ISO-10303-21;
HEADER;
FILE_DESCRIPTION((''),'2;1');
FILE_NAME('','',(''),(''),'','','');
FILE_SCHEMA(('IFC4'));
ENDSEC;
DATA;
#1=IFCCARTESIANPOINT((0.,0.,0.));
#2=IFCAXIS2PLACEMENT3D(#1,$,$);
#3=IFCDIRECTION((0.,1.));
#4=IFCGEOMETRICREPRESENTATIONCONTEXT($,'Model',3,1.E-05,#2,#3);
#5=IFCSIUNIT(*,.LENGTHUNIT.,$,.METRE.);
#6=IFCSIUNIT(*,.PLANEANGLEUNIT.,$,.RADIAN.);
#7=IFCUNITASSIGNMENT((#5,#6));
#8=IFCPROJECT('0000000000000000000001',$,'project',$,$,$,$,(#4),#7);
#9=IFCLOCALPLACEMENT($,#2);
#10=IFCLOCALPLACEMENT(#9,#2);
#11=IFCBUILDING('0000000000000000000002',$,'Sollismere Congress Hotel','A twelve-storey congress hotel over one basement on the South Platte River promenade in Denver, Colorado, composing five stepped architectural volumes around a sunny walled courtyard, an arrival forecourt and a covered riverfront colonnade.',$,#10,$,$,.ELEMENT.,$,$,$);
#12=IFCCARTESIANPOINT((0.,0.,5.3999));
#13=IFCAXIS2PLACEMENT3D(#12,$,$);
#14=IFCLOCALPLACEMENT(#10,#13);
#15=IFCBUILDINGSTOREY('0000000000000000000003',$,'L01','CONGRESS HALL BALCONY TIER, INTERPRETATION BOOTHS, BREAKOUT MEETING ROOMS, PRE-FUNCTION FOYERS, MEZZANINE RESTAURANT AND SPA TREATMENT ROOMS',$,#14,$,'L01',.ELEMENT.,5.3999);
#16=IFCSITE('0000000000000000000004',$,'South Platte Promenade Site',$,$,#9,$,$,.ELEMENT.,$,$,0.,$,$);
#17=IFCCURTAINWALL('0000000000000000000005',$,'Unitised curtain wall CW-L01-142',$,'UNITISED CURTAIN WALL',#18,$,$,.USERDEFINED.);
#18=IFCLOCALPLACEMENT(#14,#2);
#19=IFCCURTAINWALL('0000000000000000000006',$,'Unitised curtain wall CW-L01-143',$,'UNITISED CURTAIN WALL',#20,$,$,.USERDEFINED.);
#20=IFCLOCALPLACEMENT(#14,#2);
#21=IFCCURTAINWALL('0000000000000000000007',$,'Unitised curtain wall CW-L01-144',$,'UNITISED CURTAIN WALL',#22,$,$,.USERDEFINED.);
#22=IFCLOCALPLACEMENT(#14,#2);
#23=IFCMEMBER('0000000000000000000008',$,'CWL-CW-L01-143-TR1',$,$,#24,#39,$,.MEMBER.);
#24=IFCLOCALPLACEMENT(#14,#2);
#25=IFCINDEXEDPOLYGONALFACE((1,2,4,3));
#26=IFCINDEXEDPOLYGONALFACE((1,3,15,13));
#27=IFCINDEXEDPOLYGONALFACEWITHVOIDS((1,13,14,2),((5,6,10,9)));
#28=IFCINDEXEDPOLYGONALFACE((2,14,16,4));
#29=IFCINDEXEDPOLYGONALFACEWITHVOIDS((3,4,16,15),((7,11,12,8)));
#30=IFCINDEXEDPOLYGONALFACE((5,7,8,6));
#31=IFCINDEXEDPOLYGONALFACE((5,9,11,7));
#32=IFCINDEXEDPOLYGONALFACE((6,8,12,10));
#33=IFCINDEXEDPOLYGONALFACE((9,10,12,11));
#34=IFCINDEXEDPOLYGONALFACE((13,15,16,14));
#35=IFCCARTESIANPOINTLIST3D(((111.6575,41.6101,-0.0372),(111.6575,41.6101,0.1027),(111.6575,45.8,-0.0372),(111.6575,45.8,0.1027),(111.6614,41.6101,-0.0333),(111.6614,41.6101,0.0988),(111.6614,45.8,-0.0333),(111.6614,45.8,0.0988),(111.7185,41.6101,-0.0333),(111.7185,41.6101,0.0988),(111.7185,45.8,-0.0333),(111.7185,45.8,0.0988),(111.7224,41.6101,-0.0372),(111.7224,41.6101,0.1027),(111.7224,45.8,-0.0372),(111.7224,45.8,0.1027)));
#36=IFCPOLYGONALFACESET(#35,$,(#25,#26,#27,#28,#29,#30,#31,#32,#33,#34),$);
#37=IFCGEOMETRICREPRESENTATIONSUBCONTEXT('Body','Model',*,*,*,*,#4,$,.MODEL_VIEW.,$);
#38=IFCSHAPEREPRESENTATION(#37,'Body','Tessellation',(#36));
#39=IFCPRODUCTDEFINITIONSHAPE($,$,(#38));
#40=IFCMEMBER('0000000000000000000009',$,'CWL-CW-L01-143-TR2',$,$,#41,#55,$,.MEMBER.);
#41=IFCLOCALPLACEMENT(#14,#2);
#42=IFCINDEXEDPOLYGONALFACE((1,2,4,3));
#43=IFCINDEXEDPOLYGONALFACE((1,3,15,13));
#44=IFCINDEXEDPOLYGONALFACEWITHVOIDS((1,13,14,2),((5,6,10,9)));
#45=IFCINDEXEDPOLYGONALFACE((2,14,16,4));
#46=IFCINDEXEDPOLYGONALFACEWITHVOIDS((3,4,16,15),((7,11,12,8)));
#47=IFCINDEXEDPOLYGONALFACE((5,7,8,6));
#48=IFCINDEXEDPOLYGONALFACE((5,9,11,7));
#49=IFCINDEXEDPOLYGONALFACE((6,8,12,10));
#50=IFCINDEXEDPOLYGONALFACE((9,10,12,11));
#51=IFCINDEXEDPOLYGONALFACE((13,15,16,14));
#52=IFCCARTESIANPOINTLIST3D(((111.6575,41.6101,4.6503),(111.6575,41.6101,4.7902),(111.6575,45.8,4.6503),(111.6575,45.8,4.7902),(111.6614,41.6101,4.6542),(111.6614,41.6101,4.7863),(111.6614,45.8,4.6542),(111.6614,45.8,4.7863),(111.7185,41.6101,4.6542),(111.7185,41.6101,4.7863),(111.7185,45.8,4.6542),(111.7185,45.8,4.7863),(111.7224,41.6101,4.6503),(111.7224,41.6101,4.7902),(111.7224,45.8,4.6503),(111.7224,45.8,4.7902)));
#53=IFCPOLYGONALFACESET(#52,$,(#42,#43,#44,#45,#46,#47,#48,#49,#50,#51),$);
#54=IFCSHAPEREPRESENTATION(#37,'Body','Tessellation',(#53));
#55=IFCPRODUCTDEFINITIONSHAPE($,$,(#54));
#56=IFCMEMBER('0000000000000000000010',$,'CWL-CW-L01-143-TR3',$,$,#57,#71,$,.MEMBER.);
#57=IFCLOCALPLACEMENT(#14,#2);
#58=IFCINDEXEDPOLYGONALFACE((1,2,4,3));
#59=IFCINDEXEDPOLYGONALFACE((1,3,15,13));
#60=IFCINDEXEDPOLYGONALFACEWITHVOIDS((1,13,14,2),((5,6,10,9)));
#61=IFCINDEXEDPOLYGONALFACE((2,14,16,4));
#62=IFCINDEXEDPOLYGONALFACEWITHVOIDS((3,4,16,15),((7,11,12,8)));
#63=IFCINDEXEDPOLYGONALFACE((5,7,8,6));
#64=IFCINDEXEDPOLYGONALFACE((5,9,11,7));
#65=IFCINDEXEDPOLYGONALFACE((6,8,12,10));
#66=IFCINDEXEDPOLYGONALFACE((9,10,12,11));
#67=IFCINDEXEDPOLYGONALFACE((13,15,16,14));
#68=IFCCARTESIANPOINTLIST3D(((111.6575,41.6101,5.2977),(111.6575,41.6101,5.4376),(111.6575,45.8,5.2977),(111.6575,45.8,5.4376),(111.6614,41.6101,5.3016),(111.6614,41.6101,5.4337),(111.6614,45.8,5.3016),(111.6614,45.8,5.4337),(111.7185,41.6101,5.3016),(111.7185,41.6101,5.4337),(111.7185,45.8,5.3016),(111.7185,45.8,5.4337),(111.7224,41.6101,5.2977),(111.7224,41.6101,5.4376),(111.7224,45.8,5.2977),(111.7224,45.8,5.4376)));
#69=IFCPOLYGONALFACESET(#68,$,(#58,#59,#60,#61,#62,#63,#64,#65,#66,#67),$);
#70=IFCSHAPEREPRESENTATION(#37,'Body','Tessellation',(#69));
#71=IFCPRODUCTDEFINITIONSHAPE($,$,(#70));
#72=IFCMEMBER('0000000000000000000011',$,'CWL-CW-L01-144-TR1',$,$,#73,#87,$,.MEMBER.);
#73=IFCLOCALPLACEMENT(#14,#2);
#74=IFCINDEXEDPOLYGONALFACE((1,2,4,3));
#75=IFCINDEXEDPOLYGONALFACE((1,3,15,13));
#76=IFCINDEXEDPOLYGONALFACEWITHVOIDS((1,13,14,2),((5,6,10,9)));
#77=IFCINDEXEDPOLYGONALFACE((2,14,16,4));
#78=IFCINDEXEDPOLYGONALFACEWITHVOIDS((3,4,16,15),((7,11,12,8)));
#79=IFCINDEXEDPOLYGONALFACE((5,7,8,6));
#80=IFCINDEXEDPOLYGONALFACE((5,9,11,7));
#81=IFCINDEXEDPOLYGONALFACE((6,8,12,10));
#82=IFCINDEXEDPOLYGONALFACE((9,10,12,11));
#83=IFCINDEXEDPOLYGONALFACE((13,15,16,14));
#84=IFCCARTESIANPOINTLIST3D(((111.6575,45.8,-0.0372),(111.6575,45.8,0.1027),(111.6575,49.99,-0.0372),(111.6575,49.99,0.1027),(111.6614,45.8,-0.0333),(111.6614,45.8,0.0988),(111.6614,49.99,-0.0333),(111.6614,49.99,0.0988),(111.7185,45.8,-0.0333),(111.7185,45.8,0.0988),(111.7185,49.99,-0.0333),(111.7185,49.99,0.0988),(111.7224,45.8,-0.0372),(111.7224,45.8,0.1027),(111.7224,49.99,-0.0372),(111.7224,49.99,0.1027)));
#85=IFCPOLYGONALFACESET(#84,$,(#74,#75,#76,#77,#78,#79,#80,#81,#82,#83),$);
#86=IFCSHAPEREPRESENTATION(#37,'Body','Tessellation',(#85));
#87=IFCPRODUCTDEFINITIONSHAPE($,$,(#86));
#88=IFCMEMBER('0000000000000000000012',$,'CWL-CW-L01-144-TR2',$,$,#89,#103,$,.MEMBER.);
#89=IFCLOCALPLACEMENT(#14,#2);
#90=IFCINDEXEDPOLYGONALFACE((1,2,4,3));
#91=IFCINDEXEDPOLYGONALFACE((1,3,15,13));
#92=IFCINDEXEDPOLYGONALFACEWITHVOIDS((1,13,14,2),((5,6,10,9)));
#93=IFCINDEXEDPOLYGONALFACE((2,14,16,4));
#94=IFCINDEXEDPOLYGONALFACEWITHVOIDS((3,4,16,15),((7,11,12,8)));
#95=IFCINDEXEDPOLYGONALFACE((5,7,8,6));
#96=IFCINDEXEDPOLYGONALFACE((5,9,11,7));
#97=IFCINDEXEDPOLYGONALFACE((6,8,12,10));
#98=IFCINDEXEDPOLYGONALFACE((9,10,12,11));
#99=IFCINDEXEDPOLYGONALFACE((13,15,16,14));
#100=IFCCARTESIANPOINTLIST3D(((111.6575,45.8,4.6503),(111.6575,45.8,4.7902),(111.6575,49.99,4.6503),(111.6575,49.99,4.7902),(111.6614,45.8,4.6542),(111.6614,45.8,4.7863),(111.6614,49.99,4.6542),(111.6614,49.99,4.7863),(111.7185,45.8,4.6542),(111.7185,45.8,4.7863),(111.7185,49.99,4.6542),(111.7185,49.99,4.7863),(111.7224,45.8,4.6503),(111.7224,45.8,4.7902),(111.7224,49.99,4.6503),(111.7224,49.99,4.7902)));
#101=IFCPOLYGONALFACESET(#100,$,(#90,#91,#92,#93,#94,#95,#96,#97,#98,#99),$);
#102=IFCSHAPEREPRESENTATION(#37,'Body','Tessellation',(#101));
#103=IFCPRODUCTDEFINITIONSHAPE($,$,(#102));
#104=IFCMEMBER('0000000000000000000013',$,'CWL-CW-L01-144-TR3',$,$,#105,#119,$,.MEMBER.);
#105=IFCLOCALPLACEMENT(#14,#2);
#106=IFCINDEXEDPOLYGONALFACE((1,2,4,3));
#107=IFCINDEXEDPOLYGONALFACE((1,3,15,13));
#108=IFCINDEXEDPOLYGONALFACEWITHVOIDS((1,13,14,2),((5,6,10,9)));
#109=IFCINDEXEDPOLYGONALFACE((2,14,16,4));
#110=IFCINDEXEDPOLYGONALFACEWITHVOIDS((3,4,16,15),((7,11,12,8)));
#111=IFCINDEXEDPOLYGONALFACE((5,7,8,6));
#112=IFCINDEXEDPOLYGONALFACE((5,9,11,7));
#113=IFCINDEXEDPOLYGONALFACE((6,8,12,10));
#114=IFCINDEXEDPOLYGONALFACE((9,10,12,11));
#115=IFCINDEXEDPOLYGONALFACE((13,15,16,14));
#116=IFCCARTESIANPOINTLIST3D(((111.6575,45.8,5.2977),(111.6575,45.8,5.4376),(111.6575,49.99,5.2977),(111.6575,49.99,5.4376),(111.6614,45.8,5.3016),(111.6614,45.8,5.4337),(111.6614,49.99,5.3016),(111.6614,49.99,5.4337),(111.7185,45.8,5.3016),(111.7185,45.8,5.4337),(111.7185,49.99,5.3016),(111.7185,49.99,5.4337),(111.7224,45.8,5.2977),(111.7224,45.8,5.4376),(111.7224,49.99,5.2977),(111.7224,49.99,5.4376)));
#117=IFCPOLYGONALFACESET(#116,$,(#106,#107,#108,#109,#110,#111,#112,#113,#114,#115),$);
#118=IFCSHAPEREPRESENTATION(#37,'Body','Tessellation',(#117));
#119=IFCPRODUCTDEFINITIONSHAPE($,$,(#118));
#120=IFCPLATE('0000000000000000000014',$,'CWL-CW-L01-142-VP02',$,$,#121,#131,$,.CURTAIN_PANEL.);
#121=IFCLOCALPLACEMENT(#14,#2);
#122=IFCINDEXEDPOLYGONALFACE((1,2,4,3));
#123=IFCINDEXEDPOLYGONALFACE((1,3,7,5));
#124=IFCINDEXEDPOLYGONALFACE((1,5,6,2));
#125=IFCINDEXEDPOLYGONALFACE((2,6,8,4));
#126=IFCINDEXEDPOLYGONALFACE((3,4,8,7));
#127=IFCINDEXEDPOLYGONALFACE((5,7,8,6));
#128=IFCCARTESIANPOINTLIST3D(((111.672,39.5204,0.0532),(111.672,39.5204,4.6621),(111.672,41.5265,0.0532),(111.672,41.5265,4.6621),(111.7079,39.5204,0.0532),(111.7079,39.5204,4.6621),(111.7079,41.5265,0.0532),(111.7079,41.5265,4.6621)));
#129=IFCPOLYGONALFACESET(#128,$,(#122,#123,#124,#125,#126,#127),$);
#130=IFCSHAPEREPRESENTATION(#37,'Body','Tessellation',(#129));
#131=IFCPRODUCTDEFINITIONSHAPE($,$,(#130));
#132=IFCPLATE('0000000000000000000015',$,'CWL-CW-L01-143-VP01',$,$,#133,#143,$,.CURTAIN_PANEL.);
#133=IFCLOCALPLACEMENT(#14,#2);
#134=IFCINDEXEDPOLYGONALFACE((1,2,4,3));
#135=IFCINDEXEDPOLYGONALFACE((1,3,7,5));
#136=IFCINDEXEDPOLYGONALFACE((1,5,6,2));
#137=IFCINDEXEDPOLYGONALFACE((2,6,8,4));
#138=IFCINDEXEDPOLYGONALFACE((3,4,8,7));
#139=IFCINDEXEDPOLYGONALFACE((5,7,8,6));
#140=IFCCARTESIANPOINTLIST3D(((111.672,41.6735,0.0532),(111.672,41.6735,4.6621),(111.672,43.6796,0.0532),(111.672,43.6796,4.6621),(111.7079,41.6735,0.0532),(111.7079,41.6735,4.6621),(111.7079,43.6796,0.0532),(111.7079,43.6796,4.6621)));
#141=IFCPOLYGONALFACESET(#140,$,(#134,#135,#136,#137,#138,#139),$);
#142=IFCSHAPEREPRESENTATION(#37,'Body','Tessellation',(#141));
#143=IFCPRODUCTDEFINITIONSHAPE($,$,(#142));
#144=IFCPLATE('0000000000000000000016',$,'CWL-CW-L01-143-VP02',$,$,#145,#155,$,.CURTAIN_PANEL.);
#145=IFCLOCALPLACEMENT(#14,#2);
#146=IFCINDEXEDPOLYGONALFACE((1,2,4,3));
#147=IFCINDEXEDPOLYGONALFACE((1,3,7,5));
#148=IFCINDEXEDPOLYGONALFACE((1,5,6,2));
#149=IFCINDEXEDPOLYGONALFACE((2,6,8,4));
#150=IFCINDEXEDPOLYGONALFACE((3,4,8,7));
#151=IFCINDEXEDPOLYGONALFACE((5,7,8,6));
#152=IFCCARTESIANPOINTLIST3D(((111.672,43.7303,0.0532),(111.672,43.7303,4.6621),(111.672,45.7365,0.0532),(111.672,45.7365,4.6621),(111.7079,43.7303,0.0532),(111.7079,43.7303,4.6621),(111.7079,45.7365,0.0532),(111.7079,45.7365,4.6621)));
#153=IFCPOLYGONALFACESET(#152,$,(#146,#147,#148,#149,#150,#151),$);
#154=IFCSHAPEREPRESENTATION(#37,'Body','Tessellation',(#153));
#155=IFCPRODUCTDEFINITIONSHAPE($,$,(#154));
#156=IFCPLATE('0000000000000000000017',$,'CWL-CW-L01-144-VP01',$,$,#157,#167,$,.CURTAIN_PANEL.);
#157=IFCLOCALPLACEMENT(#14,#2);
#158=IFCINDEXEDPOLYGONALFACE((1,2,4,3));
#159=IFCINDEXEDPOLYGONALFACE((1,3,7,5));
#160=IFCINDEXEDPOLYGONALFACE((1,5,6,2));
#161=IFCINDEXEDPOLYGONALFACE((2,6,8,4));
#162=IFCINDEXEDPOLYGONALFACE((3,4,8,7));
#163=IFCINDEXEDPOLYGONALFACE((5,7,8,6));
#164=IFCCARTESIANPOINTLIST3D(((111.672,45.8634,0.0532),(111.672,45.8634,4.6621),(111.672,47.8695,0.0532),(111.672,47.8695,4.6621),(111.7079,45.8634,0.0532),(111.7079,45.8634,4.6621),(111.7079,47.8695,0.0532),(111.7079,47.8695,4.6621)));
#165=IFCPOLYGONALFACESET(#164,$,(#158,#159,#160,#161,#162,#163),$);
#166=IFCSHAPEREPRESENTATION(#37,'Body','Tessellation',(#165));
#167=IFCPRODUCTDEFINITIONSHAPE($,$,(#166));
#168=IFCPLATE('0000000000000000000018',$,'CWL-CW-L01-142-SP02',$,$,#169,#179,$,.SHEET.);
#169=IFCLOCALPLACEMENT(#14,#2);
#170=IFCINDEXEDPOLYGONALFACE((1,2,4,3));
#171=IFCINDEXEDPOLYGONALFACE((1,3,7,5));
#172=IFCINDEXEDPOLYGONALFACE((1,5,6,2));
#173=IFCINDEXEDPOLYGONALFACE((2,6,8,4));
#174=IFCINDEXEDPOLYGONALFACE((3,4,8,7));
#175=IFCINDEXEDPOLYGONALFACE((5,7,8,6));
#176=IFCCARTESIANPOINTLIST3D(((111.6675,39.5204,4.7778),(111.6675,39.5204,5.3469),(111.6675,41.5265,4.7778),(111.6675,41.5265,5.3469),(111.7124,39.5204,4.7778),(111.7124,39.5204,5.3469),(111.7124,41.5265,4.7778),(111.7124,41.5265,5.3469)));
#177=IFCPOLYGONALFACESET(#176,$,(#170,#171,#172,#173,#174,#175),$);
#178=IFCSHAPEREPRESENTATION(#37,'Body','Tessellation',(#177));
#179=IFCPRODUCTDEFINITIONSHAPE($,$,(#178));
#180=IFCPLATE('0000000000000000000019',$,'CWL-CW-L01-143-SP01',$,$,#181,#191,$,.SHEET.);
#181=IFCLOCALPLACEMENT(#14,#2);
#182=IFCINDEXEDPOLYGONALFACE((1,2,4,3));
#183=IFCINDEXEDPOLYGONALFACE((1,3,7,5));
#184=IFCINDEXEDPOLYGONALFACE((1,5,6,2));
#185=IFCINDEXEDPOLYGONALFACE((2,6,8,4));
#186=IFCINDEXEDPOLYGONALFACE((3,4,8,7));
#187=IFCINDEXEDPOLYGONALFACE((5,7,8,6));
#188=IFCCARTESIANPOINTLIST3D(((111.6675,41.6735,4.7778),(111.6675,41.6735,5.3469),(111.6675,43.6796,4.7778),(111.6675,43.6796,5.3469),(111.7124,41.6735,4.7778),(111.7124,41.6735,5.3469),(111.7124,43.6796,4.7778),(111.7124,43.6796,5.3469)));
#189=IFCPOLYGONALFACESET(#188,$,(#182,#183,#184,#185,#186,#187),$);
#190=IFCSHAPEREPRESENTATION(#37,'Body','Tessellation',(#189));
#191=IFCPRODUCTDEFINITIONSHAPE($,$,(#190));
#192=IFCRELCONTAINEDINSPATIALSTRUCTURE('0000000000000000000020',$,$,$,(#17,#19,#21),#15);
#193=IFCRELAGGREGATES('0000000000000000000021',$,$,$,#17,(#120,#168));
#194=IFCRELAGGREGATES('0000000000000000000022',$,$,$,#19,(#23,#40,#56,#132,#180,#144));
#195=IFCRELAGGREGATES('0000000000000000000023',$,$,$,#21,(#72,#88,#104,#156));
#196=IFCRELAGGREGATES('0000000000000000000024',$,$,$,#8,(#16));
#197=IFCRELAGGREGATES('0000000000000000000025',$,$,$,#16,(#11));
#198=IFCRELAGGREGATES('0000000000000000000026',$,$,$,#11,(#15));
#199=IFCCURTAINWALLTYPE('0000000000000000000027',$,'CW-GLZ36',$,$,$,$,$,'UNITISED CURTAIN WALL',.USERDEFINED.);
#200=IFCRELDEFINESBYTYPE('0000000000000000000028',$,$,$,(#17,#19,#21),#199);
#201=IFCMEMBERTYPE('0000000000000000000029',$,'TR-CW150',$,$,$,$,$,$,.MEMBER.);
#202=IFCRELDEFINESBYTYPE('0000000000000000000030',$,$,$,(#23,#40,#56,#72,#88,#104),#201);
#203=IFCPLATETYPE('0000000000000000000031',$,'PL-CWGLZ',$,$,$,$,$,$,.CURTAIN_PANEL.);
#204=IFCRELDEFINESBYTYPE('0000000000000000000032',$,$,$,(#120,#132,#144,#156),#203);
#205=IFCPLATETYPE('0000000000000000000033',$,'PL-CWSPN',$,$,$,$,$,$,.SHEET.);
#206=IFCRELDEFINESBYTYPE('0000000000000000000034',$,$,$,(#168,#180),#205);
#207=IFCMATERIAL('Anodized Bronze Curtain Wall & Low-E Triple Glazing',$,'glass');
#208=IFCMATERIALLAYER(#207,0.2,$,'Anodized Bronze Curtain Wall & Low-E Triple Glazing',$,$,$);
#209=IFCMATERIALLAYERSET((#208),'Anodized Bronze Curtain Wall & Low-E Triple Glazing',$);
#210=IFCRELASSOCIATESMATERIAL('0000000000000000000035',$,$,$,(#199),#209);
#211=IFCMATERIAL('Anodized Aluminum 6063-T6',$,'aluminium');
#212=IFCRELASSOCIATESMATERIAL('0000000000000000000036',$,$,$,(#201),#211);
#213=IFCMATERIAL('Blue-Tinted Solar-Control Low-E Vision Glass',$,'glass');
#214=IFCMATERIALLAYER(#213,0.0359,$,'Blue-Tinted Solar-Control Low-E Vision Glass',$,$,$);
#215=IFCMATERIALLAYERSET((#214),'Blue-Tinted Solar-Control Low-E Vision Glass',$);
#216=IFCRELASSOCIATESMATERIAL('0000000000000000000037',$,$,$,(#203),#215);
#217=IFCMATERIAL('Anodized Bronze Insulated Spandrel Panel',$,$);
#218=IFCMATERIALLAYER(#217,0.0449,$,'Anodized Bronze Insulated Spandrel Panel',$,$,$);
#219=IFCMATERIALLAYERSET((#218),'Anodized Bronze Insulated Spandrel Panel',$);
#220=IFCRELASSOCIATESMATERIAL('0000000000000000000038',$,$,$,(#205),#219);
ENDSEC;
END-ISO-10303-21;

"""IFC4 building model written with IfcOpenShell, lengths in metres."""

from ifc_helpers import new_model, si_unit, direction, frame, origin, origin_2d, place, context, subcontext, project, spatial, rectangle, hollow_rectangle, extrude, material, layer, layer_set, material_profile, profile_set, type_object, element, aggregate, save


model = new_model("IFC4")

# Units and contexts
model_context = context("Model", 3, precision=1e-05, world=origin(), true_north=direction((0.0, 1.0)))
body_context = subcontext(model_context, "Body", "Model", "MODEL_VIEW")
ifc_project = project(units=[si_unit("LENGTHUNIT", "METRE"), si_unit("PLANEANGLEUNIT", "RADIAN")], contexts=[model_context])

# Site, building, storey
site_placement = place(None, origin())
site = spatial("IfcSite", under=ifc_project, at=site_placement, Name="South Platte Promenade Site", CompositionType="ELEMENT", RefElevation=0.0)
building_placement = place(site_placement, origin())
building = spatial("IfcBuilding", under=site, at=building_placement, Name="Sollismere Congress Hotel", Description="A twelve-storey congress hotel over one basement on the South Platte River promenade in Denver, Colorado, composing five stepped architectural volumes around a sunny walled courtyard, an arrival forecourt and a covered riverfront colonnade.", CompositionType="ELEMENT")
storey_placement = place(building_placement, frame((0.0, 0.0, 5.3999)))
storey = spatial("IfcBuildingStorey", under=building, at=storey_placement, Name="L01", Description="CONGRESS HALL BALCONY TIER, INTERPRETATION BOOTHS, BREAKOUT MEETING ROOMS, PRE-FUNCTION FOYERS, MEZZANINE RESTAURANT AND SPA TREATMENT ROOMS", LongName="L01", CompositionType="ELEMENT", Elevation=5.3999)

# Curtain wall
ifc_material_1 = material(Name="Anodized Bronze Curtain Wall & Low-E Triple Glazing", Category="glass")
ifc_layer_1 = layer(ifc_material_1, 0.2, Name="Anodized Bronze Curtain Wall & Low-E Triple Glazing")
ifc_layer_set_1 = layer_set([ifc_layer_1], Name="Anodized Bronze Curtain Wall & Low-E Triple Glazing")
curtain_wall_type = type_object("IfcCurtainWallType", Name="CW-GLZ36", ElementType="UNITISED CURTAIN WALL", PredefinedType="USERDEFINED", material=ifc_layer_set_1)
curtain_wall_1_placement = place(storey_placement, origin())
curtain_wall_1 = element("IfcCurtainWall", 1, at=curtain_wall_1_placement, inside=storey, type_object=curtain_wall_type, Name="Unitised curtain wall CW-L01-142", ObjectType="UNITISED CURTAIN WALL", PredefinedType="USERDEFINED")
ifc_material_2 = material(Name="Anodized Aluminum 6063-T6", Category="aluminium")

# Curtain walls
curtain_wall_2_placement = place(storey_placement, origin())
curtain_wall_2 = element("IfcCurtainWall", 2, at=curtain_wall_2_placement, inside=storey, type_object=curtain_wall_type, Name="Unitised curtain wall CW-L01-143", ObjectType="UNITISED CURTAIN WALL", PredefinedType="USERDEFINED")
curtain_wall_3_placement = place(storey_placement, origin())
curtain_wall_3 = element("IfcCurtainWall", 3, at=curtain_wall_3_placement, inside=storey, type_object=curtain_wall_type, Name="Unitised curtain wall CW-L01-144", ObjectType="UNITISED CURTAIN WALL", PredefinedType="USERDEFINED")

# Members
ifc_material_profile_1 = material_profile(ifc_material_2, hollow_rectangle(XDim=0.0649, YDim=0.1399, WallThickness=0.0039, at=origin_2d()), Name="ALU140X65X4")
ifc_profile_set_1 = profile_set([ifc_material_profile_1], Name="Anodized Aluminum 6063-T6")
member_type_1 = type_object("IfcMemberType", Name="TR-CW150", PredefinedType="MEMBER", material=ifc_profile_set_1)
member_1_placement = place(storey_placement, frame((111.6899, 41.6101, 0.0327), z_axis=(0.0, 1.0, 0.0), x_axis=(-1.0, 0.0, 0.0)))
member_1 = element("IfcMember", 4, at=member_1_placement, type_object=member_type_1, Name="CWL-CW-L01-143-TR1", PredefinedType="MEMBER", context=body_context, shape_type="SweptSolid", body=[
    extrude(hollow_rectangle(XDim=0.0649, YDim=0.1399, WallThickness=0.0039, at=origin_2d()), origin(), (0.0, 0.0, 1.0), 4.1899),
])
member_2_placement = place(storey_placement, frame((111.6899, 41.6101, 4.7202), z_axis=(0.0, 1.0, 0.0), x_axis=(-1.0, 0.0, 0.0)))
member_2 = element("IfcMember", 5, at=member_2_placement, type_object=member_type_1, Name="CWL-CW-L01-143-TR2", PredefinedType="MEMBER", context=body_context, shape_type="SweptSolid", body=[
    extrude(hollow_rectangle(XDim=0.0649, YDim=0.1399, WallThickness=0.0039, at=origin_2d()), origin(), (0.0, 0.0, 1.0), 4.1899),
])
member_3_placement = place(storey_placement, frame((111.6899, 41.6101, 5.3677), z_axis=(0.0, 1.0, 0.0), x_axis=(-1.0, 0.0, 0.0)))
member_3 = element("IfcMember", 6, at=member_3_placement, type_object=member_type_1, Name="CWL-CW-L01-143-TR3", PredefinedType="MEMBER", context=body_context, shape_type="SweptSolid", body=[
    extrude(hollow_rectangle(XDim=0.0649, YDim=0.1399, WallThickness=0.0039, at=origin_2d()), origin(), (0.0, 0.0, 1.0), 4.1899),
])
member_4_placement = place(storey_placement, frame((111.6899, 45.8, 0.0327), z_axis=(0.0, 1.0, 0.0), x_axis=(-1.0, 0.0, 0.0)))
member_4 = element("IfcMember", 7, at=member_4_placement, type_object=member_type_1, Name="CWL-CW-L01-144-TR1", PredefinedType="MEMBER", context=body_context, shape_type="SweptSolid", body=[
    extrude(hollow_rectangle(XDim=0.0649, YDim=0.1399, WallThickness=0.0039, at=origin_2d()), origin(), (0.0, 0.0, 1.0), 4.1899),
])
member_5_placement = place(storey_placement, frame((111.6899, 45.8, 4.7202), z_axis=(0.0, 1.0, 0.0), x_axis=(-1.0, 0.0, 0.0)))
member_5 = element("IfcMember", 8, at=member_5_placement, type_object=member_type_1, Name="CWL-CW-L01-144-TR2", PredefinedType="MEMBER", context=body_context, shape_type="SweptSolid", body=[
    extrude(hollow_rectangle(XDim=0.0649, YDim=0.1399, WallThickness=0.0039, at=origin_2d()), origin(), (0.0, 0.0, 1.0), 4.1899),
])
member_6_placement = place(storey_placement, frame((111.6899, 45.8, 5.3677), z_axis=(0.0, 1.0, 0.0), x_axis=(-1.0, 0.0, 0.0)))
member_6 = element("IfcMember", 9, at=member_6_placement, type_object=member_type_1, Name="CWL-CW-L01-144-TR3", PredefinedType="MEMBER", context=body_context, shape_type="SweptSolid", body=[
    extrude(hollow_rectangle(XDim=0.0649, YDim=0.1399, WallThickness=0.0039, at=origin_2d()), origin(), (0.0, 0.0, 1.0), 4.1899),
])

# Plates
ifc_material_3 = material(Name="Blue-Tinted Solar-Control Low-E Vision Glass", Category="glass")
ifc_layer_2 = layer(ifc_material_3, 0.0359, Name="Blue-Tinted Solar-Control Low-E Vision Glass")
ifc_layer_set_2 = layer_set([ifc_layer_2], Name="Blue-Tinted Solar-Control Low-E Vision Glass")
plate_type_1 = type_object("IfcPlateType", Name="PL-CWGLZ", PredefinedType="CURTAIN_PANEL", material=ifc_layer_set_2)
plate_1_placement = place(storey_placement, frame((111.6899, 40.5234, 0.0532), z_axis=(0.0, 0.0, 1.0), x_axis=(0.0, 1.0, 0.0)))
plate_1 = element("IfcPlate", 10, at=plate_1_placement, type_object=plate_type_1, Name="CWL-CW-L01-142-VP02", PredefinedType="CURTAIN_PANEL", context=body_context, shape_type="SweptSolid", body=[
    extrude(rectangle(XDim=2.0061, YDim=0.0359, at=origin_2d()), origin(), (0.0, 0.0, 1.0), 4.6089),
])
plate_2_placement = place(storey_placement, frame((111.6899, 42.6765, 0.0532), z_axis=(0.0, 0.0, 1.0), x_axis=(0.0, 1.0, 0.0)))
plate_2 = element("IfcPlate", 11, at=plate_2_placement, type_object=plate_type_1, Name="CWL-CW-L01-143-VP01", PredefinedType="CURTAIN_PANEL", context=body_context, shape_type="SweptSolid", body=[
    extrude(rectangle(XDim=2.0061, YDim=0.0359, at=origin_2d()), origin(), (0.0, 0.0, 1.0), 4.6089),
])
plate_3_placement = place(storey_placement, frame((111.6899, 44.7334, 0.0532), z_axis=(0.0, 0.0, 1.0), x_axis=(0.0, 1.0, 0.0)))
plate_3 = element("IfcPlate", 12, at=plate_3_placement, type_object=plate_type_1, Name="CWL-CW-L01-143-VP02", PredefinedType="CURTAIN_PANEL", context=body_context, shape_type="SweptSolid", body=[
    extrude(rectangle(XDim=2.0061, YDim=0.0359, at=origin_2d()), origin(), (0.0, 0.0, 1.0), 4.6089),
])
plate_4_placement = place(storey_placement, frame((111.6899, 46.8665, 0.0532), z_axis=(0.0, 0.0, 1.0), x_axis=(0.0, 1.0, 0.0)))
plate_4 = element("IfcPlate", 13, at=plate_4_placement, type_object=plate_type_1, Name="CWL-CW-L01-144-VP01", PredefinedType="CURTAIN_PANEL", context=body_context, shape_type="SweptSolid", body=[
    extrude(rectangle(XDim=2.0061, YDim=0.0359, at=origin_2d()), origin(), (0.0, 0.0, 1.0), 4.6089),
])
ifc_material_4 = material(Name="Anodized Bronze Insulated Spandrel Panel")
ifc_layer_3 = layer(ifc_material_4, 0.0449, Name="Anodized Bronze Insulated Spandrel Panel")
ifc_layer_set_3 = layer_set([ifc_layer_3], Name="Anodized Bronze Insulated Spandrel Panel")
plate_type_2 = type_object("IfcPlateType", Name="PL-CWSPN", PredefinedType="SHEET", material=ifc_layer_set_3)
plate_5_placement = place(storey_placement, frame((111.6899, 40.5234, 4.7778), z_axis=(0.0, 0.0, 1.0), x_axis=(0.0, 1.0, 0.0)))
plate_5 = element("IfcPlate", 14, at=plate_5_placement, type_object=plate_type_2, Name="CWL-CW-L01-142-SP02", PredefinedType="SHEET", context=body_context, shape_type="SweptSolid", body=[
    extrude(rectangle(XDim=2.0061, YDim=0.0449, at=origin_2d()), origin(), (0.0, 0.0, 1.0), 0.5691),
])
aggregate(curtain_wall_1, [plate_1, plate_5])
plate_6_placement = place(storey_placement, frame((111.6899, 42.6765, 4.7778), z_axis=(0.0, 0.0, 1.0), x_axis=(0.0, 1.0, 0.0)))
plate_6 = element("IfcPlate", 15, at=plate_6_placement, type_object=plate_type_2, Name="CWL-CW-L01-143-SP01", PredefinedType="SHEET", context=body_context, shape_type="SweptSolid", body=[
    extrude(rectangle(XDim=2.0061, YDim=0.0449, at=origin_2d()), origin(), (0.0, 0.0, 1.0), 0.5691),
])
aggregate(curtain_wall_2, [member_1, member_2, member_3, plate_2, plate_6, plate_3])
aggregate(curtain_wall_3, [member_4, member_5, member_6, plate_4])

save(model, "model.ifc")
